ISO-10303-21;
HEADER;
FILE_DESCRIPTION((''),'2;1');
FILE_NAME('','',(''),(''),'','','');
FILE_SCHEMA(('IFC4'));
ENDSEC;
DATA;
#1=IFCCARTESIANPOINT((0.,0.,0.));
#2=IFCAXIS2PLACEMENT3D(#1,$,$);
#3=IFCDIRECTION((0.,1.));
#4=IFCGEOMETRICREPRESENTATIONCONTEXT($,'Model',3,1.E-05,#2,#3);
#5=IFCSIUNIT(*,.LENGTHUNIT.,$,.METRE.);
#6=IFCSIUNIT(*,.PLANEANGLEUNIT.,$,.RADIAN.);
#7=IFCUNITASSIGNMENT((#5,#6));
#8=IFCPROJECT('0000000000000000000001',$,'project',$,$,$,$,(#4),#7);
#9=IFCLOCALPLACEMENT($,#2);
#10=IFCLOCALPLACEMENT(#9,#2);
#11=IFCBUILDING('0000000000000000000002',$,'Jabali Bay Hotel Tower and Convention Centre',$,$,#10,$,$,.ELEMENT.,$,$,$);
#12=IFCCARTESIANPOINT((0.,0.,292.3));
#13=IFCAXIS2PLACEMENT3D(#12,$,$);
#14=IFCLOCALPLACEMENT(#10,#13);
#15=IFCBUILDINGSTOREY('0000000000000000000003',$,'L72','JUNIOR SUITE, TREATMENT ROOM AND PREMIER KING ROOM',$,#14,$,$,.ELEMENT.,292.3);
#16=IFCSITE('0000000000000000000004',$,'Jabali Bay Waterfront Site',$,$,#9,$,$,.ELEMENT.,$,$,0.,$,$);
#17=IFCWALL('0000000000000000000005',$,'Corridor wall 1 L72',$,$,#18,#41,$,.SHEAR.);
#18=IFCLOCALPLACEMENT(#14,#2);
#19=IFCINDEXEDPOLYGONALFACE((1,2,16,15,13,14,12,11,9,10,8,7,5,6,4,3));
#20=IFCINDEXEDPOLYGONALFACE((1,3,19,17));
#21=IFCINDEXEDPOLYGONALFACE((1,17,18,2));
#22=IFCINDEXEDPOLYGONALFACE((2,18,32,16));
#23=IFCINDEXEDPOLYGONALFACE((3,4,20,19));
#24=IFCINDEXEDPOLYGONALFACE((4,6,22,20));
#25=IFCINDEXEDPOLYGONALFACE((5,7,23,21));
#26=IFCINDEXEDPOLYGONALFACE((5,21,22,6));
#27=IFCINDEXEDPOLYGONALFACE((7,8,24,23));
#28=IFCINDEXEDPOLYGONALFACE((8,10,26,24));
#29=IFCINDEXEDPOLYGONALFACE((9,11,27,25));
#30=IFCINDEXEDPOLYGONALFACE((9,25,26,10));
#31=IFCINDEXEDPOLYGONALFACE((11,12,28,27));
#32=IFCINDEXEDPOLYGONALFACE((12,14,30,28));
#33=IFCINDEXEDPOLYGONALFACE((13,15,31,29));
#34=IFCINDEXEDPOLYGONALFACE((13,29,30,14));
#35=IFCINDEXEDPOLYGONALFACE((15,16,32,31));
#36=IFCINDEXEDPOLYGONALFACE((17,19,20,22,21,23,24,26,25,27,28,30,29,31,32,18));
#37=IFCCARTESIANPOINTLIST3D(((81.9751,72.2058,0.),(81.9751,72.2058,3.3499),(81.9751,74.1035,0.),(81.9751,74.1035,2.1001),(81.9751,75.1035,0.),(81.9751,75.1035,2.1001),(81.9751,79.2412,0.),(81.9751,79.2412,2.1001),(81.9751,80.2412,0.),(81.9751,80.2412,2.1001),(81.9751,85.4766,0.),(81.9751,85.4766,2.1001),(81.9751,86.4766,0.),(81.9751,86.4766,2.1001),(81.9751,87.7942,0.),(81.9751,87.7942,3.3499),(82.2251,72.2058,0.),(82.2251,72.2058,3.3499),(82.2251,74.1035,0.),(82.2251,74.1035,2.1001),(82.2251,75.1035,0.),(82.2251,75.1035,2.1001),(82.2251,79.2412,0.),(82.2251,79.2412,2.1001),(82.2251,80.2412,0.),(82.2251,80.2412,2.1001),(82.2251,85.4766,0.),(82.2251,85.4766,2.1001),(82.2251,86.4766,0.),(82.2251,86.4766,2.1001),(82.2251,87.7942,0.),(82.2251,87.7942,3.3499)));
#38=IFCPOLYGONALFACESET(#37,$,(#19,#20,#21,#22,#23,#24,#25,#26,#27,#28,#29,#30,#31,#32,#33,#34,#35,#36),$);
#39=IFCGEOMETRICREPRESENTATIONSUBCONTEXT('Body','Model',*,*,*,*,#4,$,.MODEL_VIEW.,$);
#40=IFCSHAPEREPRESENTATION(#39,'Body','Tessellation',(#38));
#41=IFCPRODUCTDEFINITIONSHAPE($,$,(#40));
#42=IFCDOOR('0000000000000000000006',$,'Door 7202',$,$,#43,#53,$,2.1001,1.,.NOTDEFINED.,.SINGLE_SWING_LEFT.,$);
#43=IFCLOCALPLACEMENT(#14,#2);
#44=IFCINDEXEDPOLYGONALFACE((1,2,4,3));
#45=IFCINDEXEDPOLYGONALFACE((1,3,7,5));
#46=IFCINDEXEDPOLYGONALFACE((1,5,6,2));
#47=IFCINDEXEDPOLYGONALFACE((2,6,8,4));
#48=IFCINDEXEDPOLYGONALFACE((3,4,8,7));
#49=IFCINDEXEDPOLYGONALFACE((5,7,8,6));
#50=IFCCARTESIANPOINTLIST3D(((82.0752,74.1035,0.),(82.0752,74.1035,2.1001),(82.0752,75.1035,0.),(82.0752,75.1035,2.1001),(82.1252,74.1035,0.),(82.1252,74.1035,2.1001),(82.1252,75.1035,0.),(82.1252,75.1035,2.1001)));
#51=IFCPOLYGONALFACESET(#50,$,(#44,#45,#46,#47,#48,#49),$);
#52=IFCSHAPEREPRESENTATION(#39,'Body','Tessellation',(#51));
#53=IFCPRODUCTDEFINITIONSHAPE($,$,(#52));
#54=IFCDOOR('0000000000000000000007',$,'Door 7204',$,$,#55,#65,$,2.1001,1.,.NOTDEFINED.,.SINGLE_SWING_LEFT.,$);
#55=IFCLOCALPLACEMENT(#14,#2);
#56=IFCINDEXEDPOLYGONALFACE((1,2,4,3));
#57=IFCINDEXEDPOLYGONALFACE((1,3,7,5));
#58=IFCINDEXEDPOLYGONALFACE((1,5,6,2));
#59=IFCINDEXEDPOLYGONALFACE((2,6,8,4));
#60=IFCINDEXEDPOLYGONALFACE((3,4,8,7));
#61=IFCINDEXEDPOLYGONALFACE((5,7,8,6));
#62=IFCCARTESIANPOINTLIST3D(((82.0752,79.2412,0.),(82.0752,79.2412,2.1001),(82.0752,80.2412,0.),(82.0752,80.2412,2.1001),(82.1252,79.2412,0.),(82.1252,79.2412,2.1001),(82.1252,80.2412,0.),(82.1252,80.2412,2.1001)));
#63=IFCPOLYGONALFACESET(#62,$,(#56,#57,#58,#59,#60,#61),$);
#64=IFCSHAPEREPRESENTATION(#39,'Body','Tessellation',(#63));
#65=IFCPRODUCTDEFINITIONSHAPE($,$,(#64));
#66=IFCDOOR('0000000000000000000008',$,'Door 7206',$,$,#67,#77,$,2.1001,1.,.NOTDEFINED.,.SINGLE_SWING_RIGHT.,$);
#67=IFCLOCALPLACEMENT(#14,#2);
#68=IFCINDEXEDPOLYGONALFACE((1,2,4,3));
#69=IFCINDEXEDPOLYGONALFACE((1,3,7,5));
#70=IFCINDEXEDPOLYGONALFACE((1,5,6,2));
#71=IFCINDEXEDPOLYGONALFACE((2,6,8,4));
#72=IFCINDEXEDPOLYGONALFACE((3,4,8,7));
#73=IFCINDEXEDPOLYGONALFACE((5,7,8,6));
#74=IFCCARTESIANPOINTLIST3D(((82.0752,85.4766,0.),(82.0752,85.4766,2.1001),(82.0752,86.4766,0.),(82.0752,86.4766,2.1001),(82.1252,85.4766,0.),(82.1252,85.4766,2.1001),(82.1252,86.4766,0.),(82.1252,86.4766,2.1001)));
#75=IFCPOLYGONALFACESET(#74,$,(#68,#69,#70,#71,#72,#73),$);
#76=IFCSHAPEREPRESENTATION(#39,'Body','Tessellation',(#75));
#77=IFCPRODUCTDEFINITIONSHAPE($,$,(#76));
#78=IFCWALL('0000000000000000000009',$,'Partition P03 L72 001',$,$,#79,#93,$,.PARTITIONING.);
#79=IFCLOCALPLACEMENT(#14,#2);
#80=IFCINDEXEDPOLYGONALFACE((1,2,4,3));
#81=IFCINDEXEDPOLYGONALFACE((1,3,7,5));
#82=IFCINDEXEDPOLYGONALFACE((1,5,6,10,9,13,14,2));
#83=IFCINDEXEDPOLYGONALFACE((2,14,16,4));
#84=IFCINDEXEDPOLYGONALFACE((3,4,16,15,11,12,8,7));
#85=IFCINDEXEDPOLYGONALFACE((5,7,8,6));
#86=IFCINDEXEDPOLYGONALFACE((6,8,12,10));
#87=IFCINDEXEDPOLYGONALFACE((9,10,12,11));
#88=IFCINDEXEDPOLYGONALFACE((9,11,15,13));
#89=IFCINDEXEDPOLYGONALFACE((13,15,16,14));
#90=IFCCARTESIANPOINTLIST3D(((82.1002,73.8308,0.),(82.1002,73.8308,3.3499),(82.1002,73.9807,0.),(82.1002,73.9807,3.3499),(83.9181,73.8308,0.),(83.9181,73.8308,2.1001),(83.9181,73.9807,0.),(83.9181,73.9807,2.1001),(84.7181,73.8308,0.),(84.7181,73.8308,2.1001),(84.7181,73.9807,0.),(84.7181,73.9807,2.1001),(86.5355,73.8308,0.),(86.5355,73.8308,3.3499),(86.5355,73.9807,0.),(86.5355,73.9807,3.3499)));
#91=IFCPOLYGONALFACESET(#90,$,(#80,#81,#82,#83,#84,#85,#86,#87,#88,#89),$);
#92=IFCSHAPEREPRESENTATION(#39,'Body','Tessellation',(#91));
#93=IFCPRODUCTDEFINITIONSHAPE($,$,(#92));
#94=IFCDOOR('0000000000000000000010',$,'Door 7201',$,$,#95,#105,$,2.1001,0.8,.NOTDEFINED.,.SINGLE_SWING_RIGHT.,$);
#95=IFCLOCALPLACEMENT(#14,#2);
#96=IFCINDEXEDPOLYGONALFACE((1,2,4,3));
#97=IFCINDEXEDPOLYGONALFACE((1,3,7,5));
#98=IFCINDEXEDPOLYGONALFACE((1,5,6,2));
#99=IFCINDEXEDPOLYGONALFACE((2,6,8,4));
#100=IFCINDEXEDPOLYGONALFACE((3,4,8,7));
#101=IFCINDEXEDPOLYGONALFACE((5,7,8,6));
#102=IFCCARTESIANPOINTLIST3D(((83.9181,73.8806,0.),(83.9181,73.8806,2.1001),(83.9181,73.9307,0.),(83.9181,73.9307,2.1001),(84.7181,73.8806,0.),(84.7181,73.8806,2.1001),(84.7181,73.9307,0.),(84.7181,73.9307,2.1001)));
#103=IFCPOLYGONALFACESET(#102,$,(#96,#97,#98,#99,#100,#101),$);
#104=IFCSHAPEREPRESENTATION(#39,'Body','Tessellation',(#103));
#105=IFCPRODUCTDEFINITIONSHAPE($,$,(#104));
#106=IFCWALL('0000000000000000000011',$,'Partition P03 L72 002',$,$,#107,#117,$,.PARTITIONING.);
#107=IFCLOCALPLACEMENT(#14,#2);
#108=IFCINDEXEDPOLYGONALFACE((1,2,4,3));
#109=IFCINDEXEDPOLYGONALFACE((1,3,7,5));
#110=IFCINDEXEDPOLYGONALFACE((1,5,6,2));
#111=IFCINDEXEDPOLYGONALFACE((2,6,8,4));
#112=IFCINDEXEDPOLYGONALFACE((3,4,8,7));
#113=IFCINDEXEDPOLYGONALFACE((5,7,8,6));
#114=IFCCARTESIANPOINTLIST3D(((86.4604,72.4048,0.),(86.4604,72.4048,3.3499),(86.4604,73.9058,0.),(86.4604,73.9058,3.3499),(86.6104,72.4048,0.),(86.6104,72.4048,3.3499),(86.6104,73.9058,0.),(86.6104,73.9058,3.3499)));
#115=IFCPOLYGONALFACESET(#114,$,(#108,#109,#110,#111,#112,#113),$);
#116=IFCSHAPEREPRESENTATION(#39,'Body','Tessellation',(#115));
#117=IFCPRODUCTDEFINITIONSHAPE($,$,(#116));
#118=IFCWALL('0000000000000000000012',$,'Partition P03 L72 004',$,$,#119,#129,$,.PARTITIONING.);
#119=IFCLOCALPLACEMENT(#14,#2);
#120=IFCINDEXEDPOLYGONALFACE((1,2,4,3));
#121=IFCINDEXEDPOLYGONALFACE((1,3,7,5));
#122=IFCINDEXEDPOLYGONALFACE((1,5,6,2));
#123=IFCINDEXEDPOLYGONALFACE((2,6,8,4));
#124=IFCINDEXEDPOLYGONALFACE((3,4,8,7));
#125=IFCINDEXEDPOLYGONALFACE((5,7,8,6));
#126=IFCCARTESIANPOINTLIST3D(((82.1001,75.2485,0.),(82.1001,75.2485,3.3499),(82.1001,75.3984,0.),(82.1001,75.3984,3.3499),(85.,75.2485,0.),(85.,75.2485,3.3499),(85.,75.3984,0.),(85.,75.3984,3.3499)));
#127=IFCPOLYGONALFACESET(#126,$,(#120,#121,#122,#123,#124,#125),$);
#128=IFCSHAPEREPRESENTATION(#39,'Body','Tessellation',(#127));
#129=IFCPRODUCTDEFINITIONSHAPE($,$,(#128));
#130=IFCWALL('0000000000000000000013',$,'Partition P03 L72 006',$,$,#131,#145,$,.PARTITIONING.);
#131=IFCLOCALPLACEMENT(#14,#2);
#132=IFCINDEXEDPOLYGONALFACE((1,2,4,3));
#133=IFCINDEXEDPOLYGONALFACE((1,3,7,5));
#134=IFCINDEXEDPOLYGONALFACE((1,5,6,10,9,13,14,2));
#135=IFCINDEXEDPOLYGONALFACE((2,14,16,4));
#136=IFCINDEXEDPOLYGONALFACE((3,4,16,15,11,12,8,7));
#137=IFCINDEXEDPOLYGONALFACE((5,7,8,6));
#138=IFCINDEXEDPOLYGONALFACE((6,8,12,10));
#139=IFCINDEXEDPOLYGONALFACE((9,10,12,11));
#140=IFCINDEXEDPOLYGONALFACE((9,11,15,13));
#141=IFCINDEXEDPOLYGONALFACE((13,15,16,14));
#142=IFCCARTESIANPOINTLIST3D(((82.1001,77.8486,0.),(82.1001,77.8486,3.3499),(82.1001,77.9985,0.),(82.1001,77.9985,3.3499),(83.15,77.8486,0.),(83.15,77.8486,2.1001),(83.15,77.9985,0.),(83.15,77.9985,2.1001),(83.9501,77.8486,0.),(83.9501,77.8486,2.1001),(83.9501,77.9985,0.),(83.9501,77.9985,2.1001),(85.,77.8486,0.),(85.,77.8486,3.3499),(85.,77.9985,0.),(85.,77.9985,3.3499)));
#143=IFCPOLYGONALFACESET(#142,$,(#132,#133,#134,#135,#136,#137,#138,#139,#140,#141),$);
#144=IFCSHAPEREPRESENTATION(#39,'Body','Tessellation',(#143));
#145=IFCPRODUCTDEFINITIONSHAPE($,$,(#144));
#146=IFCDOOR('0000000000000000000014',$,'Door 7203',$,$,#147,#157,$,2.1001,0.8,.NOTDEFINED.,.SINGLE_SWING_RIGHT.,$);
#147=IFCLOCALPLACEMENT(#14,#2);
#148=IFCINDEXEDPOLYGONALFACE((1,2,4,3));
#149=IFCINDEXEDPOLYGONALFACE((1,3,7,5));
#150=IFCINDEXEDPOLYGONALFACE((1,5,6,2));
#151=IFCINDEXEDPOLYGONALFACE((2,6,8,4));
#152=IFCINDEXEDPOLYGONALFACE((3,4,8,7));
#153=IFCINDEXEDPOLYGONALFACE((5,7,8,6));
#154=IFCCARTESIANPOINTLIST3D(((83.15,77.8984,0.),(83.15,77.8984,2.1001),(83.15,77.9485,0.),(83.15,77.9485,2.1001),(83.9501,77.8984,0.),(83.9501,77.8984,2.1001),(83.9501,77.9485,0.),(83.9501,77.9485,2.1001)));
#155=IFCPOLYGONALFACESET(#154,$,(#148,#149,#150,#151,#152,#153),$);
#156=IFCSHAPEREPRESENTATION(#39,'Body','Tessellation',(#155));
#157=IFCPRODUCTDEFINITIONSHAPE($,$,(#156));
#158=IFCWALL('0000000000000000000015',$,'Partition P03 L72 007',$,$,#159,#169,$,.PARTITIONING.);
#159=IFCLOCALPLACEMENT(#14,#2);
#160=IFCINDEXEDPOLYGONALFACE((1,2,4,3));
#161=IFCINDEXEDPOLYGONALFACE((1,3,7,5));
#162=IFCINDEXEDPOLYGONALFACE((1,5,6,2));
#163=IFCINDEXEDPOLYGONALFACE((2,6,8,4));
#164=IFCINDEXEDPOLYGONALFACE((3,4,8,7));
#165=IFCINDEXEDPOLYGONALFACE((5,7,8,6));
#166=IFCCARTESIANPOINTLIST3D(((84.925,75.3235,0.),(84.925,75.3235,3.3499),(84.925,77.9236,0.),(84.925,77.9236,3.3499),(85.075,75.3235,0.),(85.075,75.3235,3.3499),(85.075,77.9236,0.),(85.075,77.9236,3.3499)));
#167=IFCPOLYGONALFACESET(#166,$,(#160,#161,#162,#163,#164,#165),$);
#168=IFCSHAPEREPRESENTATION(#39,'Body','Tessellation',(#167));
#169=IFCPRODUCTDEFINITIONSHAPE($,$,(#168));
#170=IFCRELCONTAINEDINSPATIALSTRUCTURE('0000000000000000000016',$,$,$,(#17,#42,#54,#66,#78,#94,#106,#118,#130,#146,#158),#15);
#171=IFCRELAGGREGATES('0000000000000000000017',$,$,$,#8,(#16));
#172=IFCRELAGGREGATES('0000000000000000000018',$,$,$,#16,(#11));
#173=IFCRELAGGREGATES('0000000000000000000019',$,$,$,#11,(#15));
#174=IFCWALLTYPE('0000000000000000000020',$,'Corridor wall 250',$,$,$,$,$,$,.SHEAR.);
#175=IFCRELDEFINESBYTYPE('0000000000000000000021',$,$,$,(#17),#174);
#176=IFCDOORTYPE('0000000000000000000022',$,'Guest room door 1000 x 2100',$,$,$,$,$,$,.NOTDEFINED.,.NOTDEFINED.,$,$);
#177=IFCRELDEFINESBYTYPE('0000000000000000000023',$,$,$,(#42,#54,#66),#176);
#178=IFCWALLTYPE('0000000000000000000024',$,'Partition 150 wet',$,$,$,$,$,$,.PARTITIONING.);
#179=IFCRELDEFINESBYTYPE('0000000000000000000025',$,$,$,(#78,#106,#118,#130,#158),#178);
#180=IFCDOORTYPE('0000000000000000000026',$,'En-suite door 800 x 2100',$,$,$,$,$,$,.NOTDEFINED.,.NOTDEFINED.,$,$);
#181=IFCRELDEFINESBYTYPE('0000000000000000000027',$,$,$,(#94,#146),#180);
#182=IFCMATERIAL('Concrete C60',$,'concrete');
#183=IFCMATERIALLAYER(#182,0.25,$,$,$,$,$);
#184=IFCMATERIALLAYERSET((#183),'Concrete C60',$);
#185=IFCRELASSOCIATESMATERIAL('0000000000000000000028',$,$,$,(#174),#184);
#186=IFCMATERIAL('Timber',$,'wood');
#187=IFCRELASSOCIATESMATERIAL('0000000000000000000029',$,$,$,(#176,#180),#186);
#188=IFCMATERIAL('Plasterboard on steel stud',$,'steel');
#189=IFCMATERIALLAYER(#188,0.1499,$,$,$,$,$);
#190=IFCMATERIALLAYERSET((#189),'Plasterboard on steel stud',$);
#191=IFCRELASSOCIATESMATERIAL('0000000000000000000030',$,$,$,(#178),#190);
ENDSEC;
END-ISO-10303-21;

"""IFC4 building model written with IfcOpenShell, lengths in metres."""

from ifc_helpers import new_model, si_unit, direction, frame, frame_2d, origin, place, context, subcontext, project, spatial, rectangle, extrude, material, layer, layer_set, type_object, element, fill, save


model = new_model("IFC4")

# Units and contexts
model_context = context("Model", 3, precision=1e-05, world=origin(), true_north=direction((0.0, 1.0)))
body_context = subcontext(model_context, "Body", "Model", "MODEL_VIEW")
ifc_project = project(units=[si_unit("LENGTHUNIT", "METRE"), si_unit("PLANEANGLEUNIT", "RADIAN")], contexts=[model_context])

# Site, building, storey
site_placement = place(None, origin())
site = spatial("IfcSite", under=ifc_project, at=site_placement, Name="Jabali Bay Waterfront Site", CompositionType="ELEMENT", RefElevation=0.0)
building_placement = place(site_placement, origin())
building = spatial("IfcBuilding", under=site, at=building_placement, Name="Jabali Bay Hotel Tower and Convention Centre", CompositionType="ELEMENT")
storey_placement = place(building_placement, frame((0.0, 0.0, 292.3)))
storey = spatial("IfcBuildingStorey", under=building, at=storey_placement, Name="L72", Description="JUNIOR SUITE, TREATMENT ROOM AND PREMIER KING ROOM", CompositionType="ELEMENT", Elevation=292.3)

# Shared definitions
ifc_material_1 = material(Name="Concrete C60", Category="concrete")

# Wall, openings, doors
ifc_layer_1 = layer(ifc_material_1, 0.25)
ifc_layer_set_1 = layer_set([ifc_layer_1], Name="Concrete C60")
wall_type_1 = type_object("IfcWallType", Name="Corridor wall 250", PredefinedType="SHEAR", material=ifc_layer_set_1)
wall_1_placement = place(storey_placement, frame((82.1001, 72.2058, 0.0), z_axis=(0.0, 0.0, 1.0), x_axis=(0.0, 1.0, 0.0)))
wall_1 = element("IfcWall", 1, at=wall_1_placement, inside=storey, type_object=wall_type_1, Name="Corridor wall 1 L72", PredefinedType="SHEAR", context=body_context, shape_type="SweptSolid", body=[
    extrude(rectangle(XDim=15.5884, YDim=0.25, at=frame_2d((7.7942, 0.0))), origin(), (0.0, 0.0, 1.0), 3.3499),
])
opening_1_placement = place(wall_1_placement, frame((1.8977, 0.0, 0.0)))
opening_1 = element("IfcOpeningElement", 2, at=opening_1_placement, cuts=wall_1, PredefinedType="OPENING", context=body_context, shape_type="SweptSolid", body=[
    extrude(rectangle(XDim=1.0, YDim=2.1001, at=frame_2d((0.5, 1.05))), frame((0.0, 0.1355, 0.0), z_axis=(0.0, -1.0, 0.0), x_axis=(1.0, 0.0, 0.0)), (0.0, 0.0, 1.0), 0.271),
])
opening_2_placement = place(wall_1_placement, frame((7.0354, 0.0, 0.0)))
opening_2 = element("IfcOpeningElement", 3, at=opening_2_placement, cuts=wall_1, PredefinedType="OPENING", context=body_context, shape_type="SweptSolid", body=[
    extrude(rectangle(XDim=1.0, YDim=2.1001, at=frame_2d((0.5, 1.05))), frame((0.0, 0.1355, 0.0), z_axis=(0.0, -1.0, 0.0), x_axis=(1.0, 0.0, 0.0)), (0.0, 0.0, 1.0), 0.271),
])
opening_3_placement = place(wall_1_placement, frame((13.2708, 0.0, 0.0)))
opening_3 = element("IfcOpeningElement", 4, at=opening_3_placement, cuts=wall_1, PredefinedType="OPENING", context=body_context, shape_type="SweptSolid", body=[
    extrude(rectangle(XDim=1.0, YDim=2.1001, at=frame_2d((0.5, 1.05))), frame((0.0, 0.1355, 0.0), z_axis=(0.0, -1.0, 0.0), x_axis=(1.0, 0.0, 0.0)), (0.0, 0.0, 1.0), 0.271),
])
ifc_material_2 = material(Name="Timber", Category="wood")
door_type_1 = type_object("IfcDoorType", Name="Guest room door 1000 x 2100", OperationType="NOTDEFINED", PredefinedType="NOTDEFINED", material=ifc_material_2)
door_1_placement = place(opening_1_placement, origin())
door_1 = element("IfcDoor", 5, at=door_1_placement, inside=storey, type_object=door_type_1, Name="Door 7202", OperationType="SINGLE_SWING_LEFT", OverallHeight=2.1001, OverallWidth=1.0, PredefinedType="NOTDEFINED", context=body_context, shape_type="SweptSolid", body=[
    extrude(rectangle(XDim=1.0, YDim=2.1001, at=frame_2d((0.5, 1.05))), frame((0.0, 0.0249, 0.0), z_axis=(0.0, -1.0, 0.0), x_axis=(1.0, 0.0, 0.0)), (0.0, 0.0, 1.0), 0.05),
])
fill(opening_1, door_1)
door_2_placement = place(opening_2_placement, origin())
door_2 = element("IfcDoor", 6, at=door_2_placement, inside=storey, type_object=door_type_1, Name="Door 7204", OperationType="SINGLE_SWING_LEFT", OverallHeight=2.1001, OverallWidth=1.0, PredefinedType="NOTDEFINED", context=body_context, shape_type="SweptSolid", body=[
    extrude(rectangle(XDim=1.0, YDim=2.1001, at=frame_2d((0.5, 1.05))), frame((0.0, 0.0249, 0.0), z_axis=(0.0, -1.0, 0.0), x_axis=(1.0, 0.0, 0.0)), (0.0, 0.0, 1.0), 0.05),
])
fill(opening_2, door_2)
door_3_placement = place(opening_3_placement, origin())
door_3 = element("IfcDoor", 7, at=door_3_placement, inside=storey, type_object=door_type_1, Name="Door 7206", OperationType="SINGLE_SWING_RIGHT", OverallHeight=2.1001, OverallWidth=1.0, PredefinedType="NOTDEFINED", context=body_context, shape_type="SweptSolid", body=[
    extrude(rectangle(XDim=1.0, YDim=2.1001, at=frame_2d((0.5, 1.05))), frame((0.0, 0.0249, 0.0), z_axis=(0.0, -1.0, 0.0), x_axis=(1.0, 0.0, 0.0)), (0.0, 0.0, 1.0), 0.05),
])
fill(opening_3, door_3)

# Wall, opening, door
ifc_material_3 = material(Name="Plasterboard on steel stud", Category="steel")
ifc_layer_2 = layer(ifc_material_3, 0.1499)
ifc_layer_set_2 = layer_set([ifc_layer_2], Name="Plasterboard on steel stud")
wall_type_2 = type_object("IfcWallType", Name="Partition 150 wet", PredefinedType="PARTITIONING", material=ifc_layer_set_2)
wall_2_placement = place(storey_placement, frame((82.1001, 73.9058, 0.0), z_axis=(0.0, 0.0, 1.0), x_axis=(1.0, 0.0, 0.0)))
wall_2 = element("IfcWall", 8, at=wall_2_placement, inside=storey, type_object=wall_type_2, Name="Partition P03 L72 001", PredefinedType="PARTITIONING", context=body_context, shape_type="SweptSolid", body=[
    extrude(rectangle(XDim=4.4353, YDim=0.1499, at=frame_2d((2.2178, 0.0))), origin(), (0.0, 0.0, 1.0), 3.3499),
])
opening_4_placement = place(wall_2_placement, frame((1.8181, 0.0, 0.0)))
opening_4 = element("IfcOpeningElement", 9, at=opening_4_placement, cuts=wall_2, PredefinedType="OPENING", context=body_context, shape_type="SweptSolid", body=[
    extrude(rectangle(XDim=0.8, YDim=2.1001, at=frame_2d((0.3999, 1.05))), frame((0.0, 0.0854, 0.0), z_axis=(0.0, -1.0, 0.0), x_axis=(1.0, 0.0, 0.0)), (0.0, 0.0, 1.0), 0.1709),
])
door_type_2 = type_object("IfcDoorType", Name="En-suite door 800 x 2100", OperationType="NOTDEFINED", PredefinedType="NOTDEFINED", material=ifc_material_2)
door_4_placement = place(opening_4_placement, origin())
door_4 = element("IfcDoor", 10, at=door_4_placement, inside=storey, type_object=door_type_2, Name="Door 7201", OperationType="SINGLE_SWING_RIGHT", OverallHeight=2.1001, OverallWidth=0.8, PredefinedType="NOTDEFINED", context=body_context, shape_type="SweptSolid", body=[
    extrude(rectangle(XDim=0.8, YDim=2.1001, at=frame_2d((0.3999, 1.05))), frame((0.0, 0.0249, 0.0), z_axis=(0.0, -1.0, 0.0), x_axis=(1.0, 0.0, 0.0)), (0.0, 0.0, 1.0), 0.05),
])
fill(opening_4, door_4)

# Walls
wall_3_placement = place(storey_placement, frame((86.5354, 73.9058, 0.0), z_axis=(0.0, 0.0, 1.0), x_axis=(0.0, -1.0, 0.0)))
element("IfcWall", 11, at=wall_3_placement, inside=storey, type_object=wall_type_2, Name="Partition P03 L72 002", PredefinedType="PARTITIONING", context=body_context, shape_type="SweptSolid", body=[
    extrude(rectangle(XDim=1.501, YDim=0.1499, at=frame_2d((0.7505, 0.0))), origin(), (0.0, 0.0, 1.0), 3.3499),
])
wall_4_placement = place(storey_placement, frame((85.0, 75.3235, 0.0), z_axis=(0.0, 0.0, 1.0), x_axis=(-1.0, 0.0, 0.0)))
element("IfcWall", 12, at=wall_4_placement, inside=storey, type_object=wall_type_2, Name="Partition P03 L72 004", PredefinedType="PARTITIONING", context=body_context, shape_type="SweptSolid", body=[
    extrude(rectangle(XDim=2.8999, YDim=0.1499, at=frame_2d((1.45, 0.0))), origin(), (0.0, 0.0, 1.0), 3.3499),
])

# Wall, opening, door
wall_5_placement = place(storey_placement, frame((82.1001, 77.9236, 0.0), z_axis=(0.0, 0.0, 1.0), x_axis=(1.0, 0.0, 0.0)))
wall_5 = element("IfcWall", 13, at=wall_5_placement, inside=storey, type_object=wall_type_2, Name="Partition P03 L72 006", PredefinedType="PARTITIONING", context=body_context, shape_type="SweptSolid", body=[
    extrude(rectangle(XDim=2.8999, YDim=0.1499, at=frame_2d((1.45, 0.0))), origin(), (0.0, 0.0, 1.0), 3.3499),
])
opening_5_placement = place(wall_5_placement, frame((1.05, 0.0, 0.0)))
opening_5 = element("IfcOpeningElement", 14, at=opening_5_placement, cuts=wall_5, PredefinedType="OPENING", context=body_context, shape_type="SweptSolid", body=[
    extrude(rectangle(XDim=0.8, YDim=2.1001, at=frame_2d((0.3999, 1.05))), frame((0.0, 0.0854, 0.0), z_axis=(0.0, -1.0, 0.0), x_axis=(1.0, 0.0, 0.0)), (0.0, 0.0, 1.0), 0.1709),
])
door_5_placement = place(opening_5_placement, origin())
door_5 = element("IfcDoor", 15, at=door_5_placement, inside=storey, type_object=door_type_2, Name="Door 7203", OperationType="SINGLE_SWING_RIGHT", OverallHeight=2.1001, OverallWidth=0.8, PredefinedType="NOTDEFINED", context=body_context, shape_type="SweptSolid", body=[
    extrude(rectangle(XDim=0.8, YDim=2.1001, at=frame_2d((0.3999, 1.05))), frame((0.0, 0.0249, 0.0), z_axis=(0.0, -1.0, 0.0), x_axis=(1.0, 0.0, 0.0)), (0.0, 0.0, 1.0), 0.05),
])
fill(opening_5, door_5)

# Wall
wall_6_placement = place(storey_placement, frame((85.0, 77.9236, 0.0), z_axis=(0.0, 0.0, 1.0), x_axis=(0.0, -1.0, 0.0)))
element("IfcWall", 16, at=wall_6_placement, inside=storey, type_object=wall_type_2, Name="Partition P03 L72 007", PredefinedType="PARTITIONING", context=body_context, shape_type="SweptSolid", body=[
    extrude(rectangle(XDim=2.6001, YDim=0.1499, at=frame_2d((1.3, 0.0))), origin(), (0.0, 0.0, 1.0), 3.3499),
])

save(model, "model.ifc")
